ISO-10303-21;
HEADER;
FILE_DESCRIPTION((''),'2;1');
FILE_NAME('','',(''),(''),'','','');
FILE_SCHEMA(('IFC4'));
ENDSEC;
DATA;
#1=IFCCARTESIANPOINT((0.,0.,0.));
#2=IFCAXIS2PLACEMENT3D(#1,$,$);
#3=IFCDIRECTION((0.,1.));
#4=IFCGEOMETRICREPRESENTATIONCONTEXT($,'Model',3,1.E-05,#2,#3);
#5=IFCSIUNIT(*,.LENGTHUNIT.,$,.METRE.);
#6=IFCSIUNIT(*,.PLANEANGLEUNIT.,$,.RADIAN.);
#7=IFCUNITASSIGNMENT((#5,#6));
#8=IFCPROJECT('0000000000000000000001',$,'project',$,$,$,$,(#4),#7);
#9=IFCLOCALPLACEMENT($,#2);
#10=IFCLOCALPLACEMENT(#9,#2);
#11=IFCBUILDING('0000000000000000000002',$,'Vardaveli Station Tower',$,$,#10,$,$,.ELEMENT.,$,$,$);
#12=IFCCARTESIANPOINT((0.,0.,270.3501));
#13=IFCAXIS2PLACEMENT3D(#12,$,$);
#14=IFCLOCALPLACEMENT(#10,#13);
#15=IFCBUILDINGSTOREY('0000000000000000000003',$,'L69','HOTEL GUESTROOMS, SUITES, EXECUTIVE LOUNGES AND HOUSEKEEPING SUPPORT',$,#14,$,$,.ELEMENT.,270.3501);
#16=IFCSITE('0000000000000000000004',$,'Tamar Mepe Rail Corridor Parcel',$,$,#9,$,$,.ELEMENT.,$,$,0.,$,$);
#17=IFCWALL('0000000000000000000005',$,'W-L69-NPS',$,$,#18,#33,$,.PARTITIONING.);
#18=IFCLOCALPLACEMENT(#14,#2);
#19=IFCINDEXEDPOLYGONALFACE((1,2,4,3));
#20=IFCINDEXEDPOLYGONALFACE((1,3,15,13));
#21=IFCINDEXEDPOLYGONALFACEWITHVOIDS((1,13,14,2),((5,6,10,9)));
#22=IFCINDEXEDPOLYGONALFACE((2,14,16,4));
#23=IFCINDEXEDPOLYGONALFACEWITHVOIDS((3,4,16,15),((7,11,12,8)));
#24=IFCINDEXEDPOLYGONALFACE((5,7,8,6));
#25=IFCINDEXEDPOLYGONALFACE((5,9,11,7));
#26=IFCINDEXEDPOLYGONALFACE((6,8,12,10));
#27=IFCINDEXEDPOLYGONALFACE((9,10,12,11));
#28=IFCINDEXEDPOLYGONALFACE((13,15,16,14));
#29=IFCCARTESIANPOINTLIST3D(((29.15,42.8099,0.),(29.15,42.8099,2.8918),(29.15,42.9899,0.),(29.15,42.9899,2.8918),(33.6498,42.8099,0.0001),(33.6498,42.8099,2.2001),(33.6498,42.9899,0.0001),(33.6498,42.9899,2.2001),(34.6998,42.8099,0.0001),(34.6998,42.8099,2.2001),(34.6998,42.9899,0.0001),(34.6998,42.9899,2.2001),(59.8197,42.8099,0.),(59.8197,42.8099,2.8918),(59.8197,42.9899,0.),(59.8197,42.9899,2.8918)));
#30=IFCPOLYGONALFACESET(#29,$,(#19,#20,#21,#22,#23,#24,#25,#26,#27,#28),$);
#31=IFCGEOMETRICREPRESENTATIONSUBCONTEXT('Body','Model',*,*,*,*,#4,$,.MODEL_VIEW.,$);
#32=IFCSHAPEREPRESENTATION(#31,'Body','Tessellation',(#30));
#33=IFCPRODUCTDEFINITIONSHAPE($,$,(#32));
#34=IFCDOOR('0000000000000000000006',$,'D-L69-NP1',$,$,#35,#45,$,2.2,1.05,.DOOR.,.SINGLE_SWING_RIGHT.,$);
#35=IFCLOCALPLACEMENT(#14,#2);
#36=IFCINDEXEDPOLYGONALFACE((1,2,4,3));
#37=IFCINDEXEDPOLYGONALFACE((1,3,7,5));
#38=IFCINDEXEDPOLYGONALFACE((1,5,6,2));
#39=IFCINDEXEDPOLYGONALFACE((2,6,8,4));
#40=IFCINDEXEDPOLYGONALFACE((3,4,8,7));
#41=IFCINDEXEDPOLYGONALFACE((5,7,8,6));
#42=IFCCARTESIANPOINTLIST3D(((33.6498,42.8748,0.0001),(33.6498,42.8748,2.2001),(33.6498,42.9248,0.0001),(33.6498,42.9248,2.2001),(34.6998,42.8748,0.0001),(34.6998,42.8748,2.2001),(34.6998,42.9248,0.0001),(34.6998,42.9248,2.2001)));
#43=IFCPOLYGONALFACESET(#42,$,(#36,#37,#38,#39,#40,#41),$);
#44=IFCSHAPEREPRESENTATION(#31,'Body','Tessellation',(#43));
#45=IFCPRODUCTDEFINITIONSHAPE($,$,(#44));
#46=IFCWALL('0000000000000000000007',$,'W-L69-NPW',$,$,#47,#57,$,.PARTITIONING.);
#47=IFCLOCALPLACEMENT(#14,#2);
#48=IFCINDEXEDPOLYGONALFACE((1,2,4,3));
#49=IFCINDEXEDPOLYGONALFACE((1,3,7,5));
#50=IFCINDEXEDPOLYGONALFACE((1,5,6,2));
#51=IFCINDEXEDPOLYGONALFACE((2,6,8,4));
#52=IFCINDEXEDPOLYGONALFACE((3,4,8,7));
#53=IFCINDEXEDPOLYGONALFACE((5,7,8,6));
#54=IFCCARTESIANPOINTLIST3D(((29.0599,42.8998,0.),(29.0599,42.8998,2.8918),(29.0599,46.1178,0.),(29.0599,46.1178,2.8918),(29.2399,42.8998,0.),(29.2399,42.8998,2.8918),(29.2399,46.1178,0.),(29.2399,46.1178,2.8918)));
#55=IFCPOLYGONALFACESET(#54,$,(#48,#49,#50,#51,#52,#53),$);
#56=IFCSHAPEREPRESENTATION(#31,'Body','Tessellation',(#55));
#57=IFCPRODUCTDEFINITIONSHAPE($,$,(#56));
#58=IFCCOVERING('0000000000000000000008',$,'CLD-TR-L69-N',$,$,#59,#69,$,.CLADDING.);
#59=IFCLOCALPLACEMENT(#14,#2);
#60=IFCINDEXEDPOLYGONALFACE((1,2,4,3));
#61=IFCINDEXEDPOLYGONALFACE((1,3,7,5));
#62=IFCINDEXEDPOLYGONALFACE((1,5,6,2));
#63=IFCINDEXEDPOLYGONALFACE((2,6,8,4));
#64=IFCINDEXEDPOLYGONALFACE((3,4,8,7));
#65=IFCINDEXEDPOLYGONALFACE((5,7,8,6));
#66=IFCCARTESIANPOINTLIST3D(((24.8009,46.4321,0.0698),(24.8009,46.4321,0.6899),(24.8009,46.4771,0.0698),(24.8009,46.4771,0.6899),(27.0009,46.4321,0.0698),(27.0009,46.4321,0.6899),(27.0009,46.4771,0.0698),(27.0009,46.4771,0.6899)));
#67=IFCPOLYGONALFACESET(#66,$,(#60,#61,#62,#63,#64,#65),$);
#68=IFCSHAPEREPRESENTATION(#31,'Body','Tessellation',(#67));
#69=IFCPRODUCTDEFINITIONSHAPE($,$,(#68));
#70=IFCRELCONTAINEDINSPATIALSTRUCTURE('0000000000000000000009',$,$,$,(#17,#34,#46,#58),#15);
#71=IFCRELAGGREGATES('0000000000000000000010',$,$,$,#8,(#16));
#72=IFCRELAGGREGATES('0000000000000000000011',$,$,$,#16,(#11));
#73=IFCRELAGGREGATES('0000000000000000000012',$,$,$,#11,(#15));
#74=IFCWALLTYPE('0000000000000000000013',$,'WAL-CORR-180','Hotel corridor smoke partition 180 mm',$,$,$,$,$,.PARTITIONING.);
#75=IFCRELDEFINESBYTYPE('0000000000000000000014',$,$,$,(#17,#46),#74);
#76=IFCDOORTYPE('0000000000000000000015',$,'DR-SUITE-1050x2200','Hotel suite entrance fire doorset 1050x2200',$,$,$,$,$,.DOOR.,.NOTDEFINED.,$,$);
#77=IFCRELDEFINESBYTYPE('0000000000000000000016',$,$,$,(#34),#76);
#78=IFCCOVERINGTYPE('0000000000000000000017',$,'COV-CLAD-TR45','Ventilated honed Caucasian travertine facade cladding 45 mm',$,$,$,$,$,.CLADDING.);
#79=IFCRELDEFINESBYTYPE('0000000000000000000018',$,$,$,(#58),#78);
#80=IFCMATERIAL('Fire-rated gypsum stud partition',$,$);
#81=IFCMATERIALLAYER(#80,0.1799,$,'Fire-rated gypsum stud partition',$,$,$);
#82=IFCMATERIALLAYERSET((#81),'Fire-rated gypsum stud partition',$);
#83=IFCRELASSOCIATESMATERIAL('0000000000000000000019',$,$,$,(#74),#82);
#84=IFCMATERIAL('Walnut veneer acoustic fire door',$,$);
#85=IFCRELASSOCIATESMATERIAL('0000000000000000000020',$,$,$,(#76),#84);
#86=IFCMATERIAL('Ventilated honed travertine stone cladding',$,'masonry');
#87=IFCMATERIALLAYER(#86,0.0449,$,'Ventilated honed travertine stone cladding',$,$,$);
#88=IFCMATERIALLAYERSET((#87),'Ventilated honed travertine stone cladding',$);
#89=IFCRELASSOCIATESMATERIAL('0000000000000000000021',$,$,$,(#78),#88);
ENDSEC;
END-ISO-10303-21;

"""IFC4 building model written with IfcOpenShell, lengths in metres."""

from ifc_helpers import new_model, si_unit, direction, frame, frame_2d, origin, origin_2d, place, context, subcontext, project, spatial, rectangle, extrude, source, transform, mapped, material, layer, layer_set, type_object, element, fill, save


model = new_model("IFC4")

# Units and contexts
model_context = context("Model", 3, precision=1e-05, world=origin(), true_north=direction((0.0, 1.0)))
body_context = subcontext(model_context, "Body", "Model", "MODEL_VIEW")
ifc_project = project(units=[si_unit("LENGTHUNIT", "METRE"), si_unit("PLANEANGLEUNIT", "RADIAN")], contexts=[model_context])

# Site, building, storey
site_placement = place(None, origin())
site = spatial("IfcSite", under=ifc_project, at=site_placement, Name="Tamar Mepe Rail Corridor Parcel", CompositionType="ELEMENT", RefElevation=0.0)
building_placement = place(site_placement, origin())
building = spatial("IfcBuilding", under=site, at=building_placement, Name="Vardaveli Station Tower", CompositionType="ELEMENT")
storey_placement = place(building_placement, frame((0.0, 0.0, 270.3501)))
storey = spatial("IfcBuildingStorey", under=building, at=storey_placement, Name="L69", Description="HOTEL GUESTROOMS, SUITES, EXECUTIVE LOUNGES AND HOUSEKEEPING SUPPORT", CompositionType="ELEMENT", Elevation=270.3501)

# Wall, opening, door
ifc_material_1 = material(Name="Fire-rated gypsum stud partition")
ifc_layer_1 = layer(ifc_material_1, 0.1799, Name="Fire-rated gypsum stud partition")
ifc_layer_set_1 = layer_set([ifc_layer_1], Name="Fire-rated gypsum stud partition")
wall_type_1 = type_object("IfcWallType", Name="WAL-CORR-180", Description="Hotel corridor smoke partition 180 mm", PredefinedType="PARTITIONING", material=ifc_layer_set_1)
shared_shape_1 = source(origin(), body_context, "Body", "SweptSolid", [
    extrude(rectangle(XDim=30.6697, YDim=0.1799, at=frame_2d((15.335, 0.0))), origin(), (0.0, 0.0, 1.0), 2.8918),
])
wall_1_placement = place(storey_placement, frame((29.1499, 42.8999, 0.0), z_axis=(0.0, 0.0, 1.0), x_axis=(1.0, 0.0, 0.0)))
wall_1 = element("IfcWall", 1, at=wall_1_placement, inside=storey, type_object=wall_type_1, Name="W-L69-NPS", PredefinedType="PARTITIONING", context=body_context, shape_type="MappedRepresentation", body=[
    mapped(shared_shape_1, transform((0.0, 0.0, 0.0), scale=1.0)),
])
shared_shape_2 = source(origin(), body_context, "Body", "SweptSolid", [
    extrude(rectangle(XDim=1.05, YDim=2.2, at=frame_2d((0.5249, 1.1001))), frame((0.0, 0.1001, 0.0), z_axis=(0.0, -1.0, 0.0), x_axis=(1.0, 0.0, 0.0)), (0.0, 0.0, 1.0), 0.2),
])
opening_1_placement = place(wall_1_placement, frame((4.5, 0.0, 0.0)))
opening_1 = element("IfcOpeningElement", 2, at=opening_1_placement, cuts=wall_1, PredefinedType="OPENING", context=body_context, shape_type="MappedRepresentation", body=[
    mapped(shared_shape_2, transform((0.0, 0.0, 0.0), scale=1.0)),
])
ifc_material_2 = material(Name="Walnut veneer acoustic fire door")
door_type = type_object("IfcDoorType", Name="DR-SUITE-1050x2200", Description="Hotel suite entrance fire doorset 1050x2200", OperationType="NOTDEFINED", PredefinedType="DOOR", material=ifc_material_2)
shared_shape_3 = source(origin(), body_context, "Body", "SweptSolid", [
    extrude(rectangle(XDim=1.05, YDim=2.2, at=frame_2d((0.5249, 1.1001))), frame((0.0, 0.0249, 0.0), z_axis=(0.0, -1.0, 0.0), x_axis=(1.0, 0.0, 0.0)), (0.0, 0.0, 1.0), 0.05),
])
door_placement = place(opening_1_placement, origin())
door = element("IfcDoor", 3, at=door_placement, inside=storey, type_object=door_type, Name="D-L69-NP1", OperationType="SINGLE_SWING_RIGHT", OverallHeight=2.2, OverallWidth=1.05, PredefinedType="DOOR", context=body_context, shape_type="MappedRepresentation", body=[
    mapped(shared_shape_3, transform((0.0, 0.0, 0.0), scale=1.0)),
])
fill(opening_1, door)

# Wall
shared_shape_4 = source(origin(), body_context, "Body", "SweptSolid", [
    extrude(rectangle(XDim=3.218, YDim=0.1799, at=frame_2d((1.6089, 0.0))), origin(), (0.0, 0.0, 1.0), 2.8918),
])
wall_2_placement = place(storey_placement, frame((29.1499, 42.8999, 0.0), z_axis=(0.0, 0.0, 1.0), x_axis=(0.0, 1.0, 0.0)))
element("IfcWall", 4, at=wall_2_placement, inside=storey, type_object=wall_type_1, Name="W-L69-NPW", PredefinedType="PARTITIONING", context=body_context, shape_type="MappedRepresentation", body=[
    mapped(shared_shape_4, transform((0.0, 0.0, 0.0), scale=1.0)),
])

# Covering
ifc_material_3 = material(Name="Ventilated honed travertine stone cladding", Category="masonry")
ifc_layer_2 = layer(ifc_material_3, 0.0449, Name="Ventilated honed travertine stone cladding")
ifc_layer_set_2 = layer_set([ifc_layer_2], Name="Ventilated honed travertine stone cladding")
covering_type = type_object("IfcCoveringType", Name="COV-CLAD-TR45", Description="Ventilated honed Caucasian travertine facade cladding 45 mm", PredefinedType="CLADDING", material=ifc_layer_set_2)
shared_shape_5 = source(origin(), body_context, "Body", "SweptSolid", [
    extrude(rectangle(XDim=2.2, YDim=0.0449, at=origin_2d()), origin(), (0.0, 0.0, 1.0), 0.6201),
])
covering_placement = place(storey_placement, frame((25.9009, 46.4546, 0.0698), z_axis=(0.0, 0.0, 1.0), x_axis=(1.0, 0.0, 0.0)))
element("IfcCovering", 5, at=covering_placement, inside=storey, type_object=covering_type, Name="CLD-TR-L69-N", PredefinedType="CLADDING", context=body_context, shape_type="MappedRepresentation", body=[
    mapped(shared_shape_5, transform((0.0, 0.0, 0.0), scale=1.0)),
])

save(model, "model.ifc")
